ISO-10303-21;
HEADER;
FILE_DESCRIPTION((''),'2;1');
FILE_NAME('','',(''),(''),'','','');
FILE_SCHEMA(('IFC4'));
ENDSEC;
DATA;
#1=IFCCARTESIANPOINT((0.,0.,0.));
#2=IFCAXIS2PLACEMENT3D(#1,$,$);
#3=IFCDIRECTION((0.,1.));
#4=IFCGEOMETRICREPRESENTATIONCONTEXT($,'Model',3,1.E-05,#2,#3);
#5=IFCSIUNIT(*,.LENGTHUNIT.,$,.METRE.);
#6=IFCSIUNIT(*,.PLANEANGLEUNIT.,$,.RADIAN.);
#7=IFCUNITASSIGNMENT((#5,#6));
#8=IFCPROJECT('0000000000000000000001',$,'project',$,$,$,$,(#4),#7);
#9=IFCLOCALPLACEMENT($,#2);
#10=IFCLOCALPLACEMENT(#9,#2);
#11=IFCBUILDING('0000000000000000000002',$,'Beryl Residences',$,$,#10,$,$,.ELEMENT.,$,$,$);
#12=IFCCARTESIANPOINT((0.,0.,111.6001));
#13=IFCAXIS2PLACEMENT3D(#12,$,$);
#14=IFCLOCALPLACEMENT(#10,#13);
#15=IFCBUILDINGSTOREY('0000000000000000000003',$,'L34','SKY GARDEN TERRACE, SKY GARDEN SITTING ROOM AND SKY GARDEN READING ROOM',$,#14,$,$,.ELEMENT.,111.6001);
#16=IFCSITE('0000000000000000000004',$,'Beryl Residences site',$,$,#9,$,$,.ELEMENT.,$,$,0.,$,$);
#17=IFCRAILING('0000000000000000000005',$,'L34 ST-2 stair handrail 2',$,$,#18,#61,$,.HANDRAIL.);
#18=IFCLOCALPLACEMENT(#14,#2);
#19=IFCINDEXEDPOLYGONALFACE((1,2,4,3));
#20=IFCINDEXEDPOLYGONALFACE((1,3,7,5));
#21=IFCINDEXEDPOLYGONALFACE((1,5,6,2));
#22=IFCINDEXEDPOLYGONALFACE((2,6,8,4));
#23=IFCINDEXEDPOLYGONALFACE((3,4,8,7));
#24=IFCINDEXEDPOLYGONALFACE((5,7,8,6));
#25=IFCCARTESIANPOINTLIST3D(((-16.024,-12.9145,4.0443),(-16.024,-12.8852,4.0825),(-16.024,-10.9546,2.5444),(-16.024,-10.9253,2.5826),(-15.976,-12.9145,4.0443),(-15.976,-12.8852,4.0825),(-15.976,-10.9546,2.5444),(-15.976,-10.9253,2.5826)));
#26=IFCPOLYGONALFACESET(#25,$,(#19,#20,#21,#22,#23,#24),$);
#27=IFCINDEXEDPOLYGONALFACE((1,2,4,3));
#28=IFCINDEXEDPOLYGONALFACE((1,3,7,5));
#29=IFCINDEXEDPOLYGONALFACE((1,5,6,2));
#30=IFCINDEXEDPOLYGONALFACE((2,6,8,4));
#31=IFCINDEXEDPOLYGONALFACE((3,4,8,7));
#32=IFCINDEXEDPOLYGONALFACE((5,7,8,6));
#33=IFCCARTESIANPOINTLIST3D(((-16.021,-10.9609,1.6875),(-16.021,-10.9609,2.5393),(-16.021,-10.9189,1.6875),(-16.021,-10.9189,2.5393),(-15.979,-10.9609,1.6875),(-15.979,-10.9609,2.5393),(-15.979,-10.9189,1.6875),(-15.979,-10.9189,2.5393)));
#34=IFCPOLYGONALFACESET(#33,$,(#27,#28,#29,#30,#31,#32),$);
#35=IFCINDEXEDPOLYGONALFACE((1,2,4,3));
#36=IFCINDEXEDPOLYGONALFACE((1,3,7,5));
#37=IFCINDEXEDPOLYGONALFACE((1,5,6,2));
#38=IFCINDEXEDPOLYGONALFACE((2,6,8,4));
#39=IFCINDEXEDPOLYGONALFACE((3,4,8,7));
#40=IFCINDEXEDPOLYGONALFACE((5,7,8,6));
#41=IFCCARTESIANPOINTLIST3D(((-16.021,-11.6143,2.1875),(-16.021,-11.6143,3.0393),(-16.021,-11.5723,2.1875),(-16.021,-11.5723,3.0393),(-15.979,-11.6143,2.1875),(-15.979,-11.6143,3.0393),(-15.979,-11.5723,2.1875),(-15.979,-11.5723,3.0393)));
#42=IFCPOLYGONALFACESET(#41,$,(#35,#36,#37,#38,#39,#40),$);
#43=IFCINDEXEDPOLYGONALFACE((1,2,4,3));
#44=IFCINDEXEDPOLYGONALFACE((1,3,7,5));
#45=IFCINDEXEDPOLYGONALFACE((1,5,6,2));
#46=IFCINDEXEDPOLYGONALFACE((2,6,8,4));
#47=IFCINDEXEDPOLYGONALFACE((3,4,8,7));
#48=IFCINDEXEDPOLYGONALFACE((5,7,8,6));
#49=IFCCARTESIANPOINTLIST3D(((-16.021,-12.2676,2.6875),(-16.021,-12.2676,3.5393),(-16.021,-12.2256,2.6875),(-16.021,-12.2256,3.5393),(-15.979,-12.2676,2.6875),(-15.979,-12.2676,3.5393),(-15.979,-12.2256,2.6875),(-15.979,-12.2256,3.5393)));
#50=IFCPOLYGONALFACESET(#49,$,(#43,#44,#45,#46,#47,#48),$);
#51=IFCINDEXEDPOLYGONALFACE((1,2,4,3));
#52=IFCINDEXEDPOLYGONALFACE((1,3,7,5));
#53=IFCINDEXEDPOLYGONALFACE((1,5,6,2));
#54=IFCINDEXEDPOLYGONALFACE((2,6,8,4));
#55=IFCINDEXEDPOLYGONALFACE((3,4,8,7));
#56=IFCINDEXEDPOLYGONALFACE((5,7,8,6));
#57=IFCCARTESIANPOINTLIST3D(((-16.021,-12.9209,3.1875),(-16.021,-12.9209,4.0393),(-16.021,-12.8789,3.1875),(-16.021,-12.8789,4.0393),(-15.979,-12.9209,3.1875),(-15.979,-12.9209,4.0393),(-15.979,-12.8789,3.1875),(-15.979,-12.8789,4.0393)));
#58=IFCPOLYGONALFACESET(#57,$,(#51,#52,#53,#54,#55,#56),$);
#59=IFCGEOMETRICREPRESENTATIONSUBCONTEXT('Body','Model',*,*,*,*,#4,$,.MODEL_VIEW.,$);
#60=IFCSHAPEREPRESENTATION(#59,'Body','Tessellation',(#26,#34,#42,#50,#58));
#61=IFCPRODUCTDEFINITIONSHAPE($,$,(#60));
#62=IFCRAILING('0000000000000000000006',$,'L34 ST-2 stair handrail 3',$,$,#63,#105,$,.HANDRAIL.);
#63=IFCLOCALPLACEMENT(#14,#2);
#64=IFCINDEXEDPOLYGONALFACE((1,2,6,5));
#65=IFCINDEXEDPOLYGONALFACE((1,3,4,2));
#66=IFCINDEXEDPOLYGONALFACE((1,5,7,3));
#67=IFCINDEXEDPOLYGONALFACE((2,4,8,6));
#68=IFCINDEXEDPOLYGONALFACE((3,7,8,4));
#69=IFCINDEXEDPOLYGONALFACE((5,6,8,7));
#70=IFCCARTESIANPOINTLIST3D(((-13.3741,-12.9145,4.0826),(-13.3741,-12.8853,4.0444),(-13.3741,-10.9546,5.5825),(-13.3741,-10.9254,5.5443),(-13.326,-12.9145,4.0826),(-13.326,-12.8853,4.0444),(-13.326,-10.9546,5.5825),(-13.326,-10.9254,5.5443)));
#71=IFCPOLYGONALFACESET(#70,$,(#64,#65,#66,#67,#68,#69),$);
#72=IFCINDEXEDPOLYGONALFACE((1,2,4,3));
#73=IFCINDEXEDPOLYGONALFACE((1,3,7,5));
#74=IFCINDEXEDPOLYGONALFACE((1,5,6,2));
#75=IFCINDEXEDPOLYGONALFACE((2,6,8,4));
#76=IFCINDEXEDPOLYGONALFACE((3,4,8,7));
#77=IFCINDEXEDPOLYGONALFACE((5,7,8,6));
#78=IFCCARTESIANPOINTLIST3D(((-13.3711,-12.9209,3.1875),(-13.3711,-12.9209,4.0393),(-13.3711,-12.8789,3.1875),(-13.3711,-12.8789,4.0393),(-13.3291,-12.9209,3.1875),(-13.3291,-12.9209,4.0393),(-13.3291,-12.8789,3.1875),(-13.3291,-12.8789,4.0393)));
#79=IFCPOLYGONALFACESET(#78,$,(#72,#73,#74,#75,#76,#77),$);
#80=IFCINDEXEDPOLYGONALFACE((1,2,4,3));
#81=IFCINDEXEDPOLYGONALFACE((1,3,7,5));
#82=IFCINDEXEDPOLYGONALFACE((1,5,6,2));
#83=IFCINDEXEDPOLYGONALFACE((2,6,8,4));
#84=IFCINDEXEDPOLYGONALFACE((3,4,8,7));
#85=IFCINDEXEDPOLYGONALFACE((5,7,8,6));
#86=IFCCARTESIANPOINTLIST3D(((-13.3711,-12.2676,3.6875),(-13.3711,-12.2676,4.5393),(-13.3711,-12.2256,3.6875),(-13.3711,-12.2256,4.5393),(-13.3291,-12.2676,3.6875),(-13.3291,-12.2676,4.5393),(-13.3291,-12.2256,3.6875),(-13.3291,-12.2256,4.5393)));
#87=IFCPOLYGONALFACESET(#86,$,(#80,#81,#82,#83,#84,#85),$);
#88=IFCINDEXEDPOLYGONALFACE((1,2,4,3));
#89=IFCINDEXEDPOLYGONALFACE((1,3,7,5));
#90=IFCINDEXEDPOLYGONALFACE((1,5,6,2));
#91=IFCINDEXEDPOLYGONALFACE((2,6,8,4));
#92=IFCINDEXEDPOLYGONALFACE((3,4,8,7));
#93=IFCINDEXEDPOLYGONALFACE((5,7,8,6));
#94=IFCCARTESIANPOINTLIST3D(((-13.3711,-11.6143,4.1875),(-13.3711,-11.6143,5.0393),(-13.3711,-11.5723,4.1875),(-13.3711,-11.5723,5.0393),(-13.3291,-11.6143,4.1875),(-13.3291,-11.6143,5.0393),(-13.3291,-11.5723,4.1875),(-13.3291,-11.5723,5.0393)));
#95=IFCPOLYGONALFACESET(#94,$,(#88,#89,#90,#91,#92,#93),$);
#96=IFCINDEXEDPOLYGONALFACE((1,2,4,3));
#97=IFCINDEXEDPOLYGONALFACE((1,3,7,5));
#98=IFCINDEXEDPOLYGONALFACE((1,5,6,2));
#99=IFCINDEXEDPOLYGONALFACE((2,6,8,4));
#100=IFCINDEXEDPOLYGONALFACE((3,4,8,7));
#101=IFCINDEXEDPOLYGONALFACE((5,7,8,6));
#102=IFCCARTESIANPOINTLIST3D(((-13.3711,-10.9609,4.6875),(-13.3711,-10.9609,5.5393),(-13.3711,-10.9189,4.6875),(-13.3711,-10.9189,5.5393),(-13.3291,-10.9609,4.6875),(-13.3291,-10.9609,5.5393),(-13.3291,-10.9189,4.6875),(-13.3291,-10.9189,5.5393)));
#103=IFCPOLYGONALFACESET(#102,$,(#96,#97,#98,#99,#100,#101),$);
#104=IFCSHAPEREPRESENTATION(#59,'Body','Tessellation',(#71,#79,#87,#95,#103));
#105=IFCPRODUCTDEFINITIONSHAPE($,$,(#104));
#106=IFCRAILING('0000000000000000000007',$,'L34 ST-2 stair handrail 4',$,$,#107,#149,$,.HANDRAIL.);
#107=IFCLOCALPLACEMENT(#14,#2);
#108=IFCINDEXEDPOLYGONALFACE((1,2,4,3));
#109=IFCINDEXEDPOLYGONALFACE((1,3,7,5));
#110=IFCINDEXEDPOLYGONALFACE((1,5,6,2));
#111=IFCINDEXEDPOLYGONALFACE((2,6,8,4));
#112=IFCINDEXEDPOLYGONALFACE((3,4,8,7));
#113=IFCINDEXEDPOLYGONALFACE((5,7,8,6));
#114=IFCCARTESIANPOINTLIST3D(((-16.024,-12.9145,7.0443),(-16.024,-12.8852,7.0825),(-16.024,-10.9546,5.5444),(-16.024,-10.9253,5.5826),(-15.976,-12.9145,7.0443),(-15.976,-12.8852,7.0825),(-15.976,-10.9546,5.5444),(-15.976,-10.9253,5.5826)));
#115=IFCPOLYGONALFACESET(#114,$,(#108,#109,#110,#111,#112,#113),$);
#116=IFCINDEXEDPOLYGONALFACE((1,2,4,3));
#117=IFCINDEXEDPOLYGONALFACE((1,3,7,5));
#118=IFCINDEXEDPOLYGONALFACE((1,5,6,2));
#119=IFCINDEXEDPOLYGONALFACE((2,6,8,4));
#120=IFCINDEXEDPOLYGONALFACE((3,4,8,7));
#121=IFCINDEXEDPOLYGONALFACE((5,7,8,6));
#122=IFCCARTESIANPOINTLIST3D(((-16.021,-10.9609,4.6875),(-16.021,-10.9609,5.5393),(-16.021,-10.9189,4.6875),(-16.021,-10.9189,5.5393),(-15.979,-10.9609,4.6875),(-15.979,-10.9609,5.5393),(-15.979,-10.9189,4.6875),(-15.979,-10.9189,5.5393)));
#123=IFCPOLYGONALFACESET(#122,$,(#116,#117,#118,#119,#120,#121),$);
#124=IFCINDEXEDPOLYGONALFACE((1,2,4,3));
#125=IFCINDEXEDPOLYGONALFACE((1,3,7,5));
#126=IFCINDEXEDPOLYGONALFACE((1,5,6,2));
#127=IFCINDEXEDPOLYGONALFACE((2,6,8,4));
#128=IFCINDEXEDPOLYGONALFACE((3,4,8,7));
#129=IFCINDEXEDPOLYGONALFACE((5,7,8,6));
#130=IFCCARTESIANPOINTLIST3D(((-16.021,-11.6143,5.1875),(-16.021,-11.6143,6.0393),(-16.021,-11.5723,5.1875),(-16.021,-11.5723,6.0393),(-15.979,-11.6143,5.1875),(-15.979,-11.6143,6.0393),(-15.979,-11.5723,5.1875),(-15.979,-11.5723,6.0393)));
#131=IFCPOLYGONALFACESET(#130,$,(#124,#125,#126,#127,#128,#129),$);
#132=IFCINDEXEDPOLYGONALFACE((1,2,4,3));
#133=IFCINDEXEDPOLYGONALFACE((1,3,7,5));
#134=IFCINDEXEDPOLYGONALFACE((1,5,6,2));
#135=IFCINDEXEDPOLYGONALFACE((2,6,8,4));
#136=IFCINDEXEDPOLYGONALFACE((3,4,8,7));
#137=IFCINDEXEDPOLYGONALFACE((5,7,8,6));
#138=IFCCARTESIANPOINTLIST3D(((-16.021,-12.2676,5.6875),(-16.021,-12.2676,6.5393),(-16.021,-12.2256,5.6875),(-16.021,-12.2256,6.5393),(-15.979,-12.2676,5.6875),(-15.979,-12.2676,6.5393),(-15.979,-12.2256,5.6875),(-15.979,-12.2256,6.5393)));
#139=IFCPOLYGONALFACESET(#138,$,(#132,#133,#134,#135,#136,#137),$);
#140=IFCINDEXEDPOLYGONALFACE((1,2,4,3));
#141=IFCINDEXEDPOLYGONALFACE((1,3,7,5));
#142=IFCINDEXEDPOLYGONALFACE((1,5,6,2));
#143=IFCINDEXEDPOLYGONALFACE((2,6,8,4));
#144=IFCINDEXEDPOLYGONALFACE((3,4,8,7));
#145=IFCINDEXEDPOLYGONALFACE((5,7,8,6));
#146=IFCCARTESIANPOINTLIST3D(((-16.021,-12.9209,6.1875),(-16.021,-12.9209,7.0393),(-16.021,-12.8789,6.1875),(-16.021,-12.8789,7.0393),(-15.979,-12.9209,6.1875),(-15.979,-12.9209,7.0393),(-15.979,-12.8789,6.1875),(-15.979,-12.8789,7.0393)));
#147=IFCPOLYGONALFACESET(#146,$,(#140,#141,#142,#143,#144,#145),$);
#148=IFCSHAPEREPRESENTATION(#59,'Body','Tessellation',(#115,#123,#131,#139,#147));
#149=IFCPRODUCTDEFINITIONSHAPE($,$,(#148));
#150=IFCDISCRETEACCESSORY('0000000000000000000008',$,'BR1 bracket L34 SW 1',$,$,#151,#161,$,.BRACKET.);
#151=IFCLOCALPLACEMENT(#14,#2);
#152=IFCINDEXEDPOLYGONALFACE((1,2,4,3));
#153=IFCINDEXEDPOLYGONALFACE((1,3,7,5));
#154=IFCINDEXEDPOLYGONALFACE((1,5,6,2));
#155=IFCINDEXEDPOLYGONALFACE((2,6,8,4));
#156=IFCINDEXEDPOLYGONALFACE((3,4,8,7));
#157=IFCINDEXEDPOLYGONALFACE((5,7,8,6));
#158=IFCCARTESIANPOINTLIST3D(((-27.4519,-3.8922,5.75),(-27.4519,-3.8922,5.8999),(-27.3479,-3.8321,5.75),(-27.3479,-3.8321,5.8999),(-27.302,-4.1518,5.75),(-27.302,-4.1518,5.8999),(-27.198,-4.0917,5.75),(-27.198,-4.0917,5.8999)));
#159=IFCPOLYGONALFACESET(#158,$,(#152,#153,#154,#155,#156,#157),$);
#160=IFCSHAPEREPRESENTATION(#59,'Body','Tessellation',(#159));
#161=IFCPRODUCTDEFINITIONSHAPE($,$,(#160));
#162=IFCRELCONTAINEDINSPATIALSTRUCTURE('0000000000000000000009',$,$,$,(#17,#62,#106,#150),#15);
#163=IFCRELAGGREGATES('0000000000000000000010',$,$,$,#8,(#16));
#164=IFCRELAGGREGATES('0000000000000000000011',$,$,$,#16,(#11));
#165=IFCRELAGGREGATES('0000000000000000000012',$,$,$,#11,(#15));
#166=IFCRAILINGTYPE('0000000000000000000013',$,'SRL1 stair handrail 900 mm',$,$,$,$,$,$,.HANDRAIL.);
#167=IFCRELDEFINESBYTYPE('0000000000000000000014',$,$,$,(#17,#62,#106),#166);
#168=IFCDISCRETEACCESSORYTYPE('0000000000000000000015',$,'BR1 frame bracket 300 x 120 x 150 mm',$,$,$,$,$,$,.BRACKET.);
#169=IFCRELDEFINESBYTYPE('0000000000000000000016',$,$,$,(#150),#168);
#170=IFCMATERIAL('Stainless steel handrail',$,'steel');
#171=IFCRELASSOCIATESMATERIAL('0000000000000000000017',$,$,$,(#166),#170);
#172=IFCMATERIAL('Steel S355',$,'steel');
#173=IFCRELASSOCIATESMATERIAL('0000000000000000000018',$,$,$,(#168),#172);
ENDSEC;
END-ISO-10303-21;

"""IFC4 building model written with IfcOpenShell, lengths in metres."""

from ifc_helpers import new_model, si_unit, direction, frame, origin, origin_2d, place, context, subcontext, project, spatial, polyline, rectangle, outline, extrude, source, transform, mapped, material, type_object, type_shapes, element, save


model = new_model("IFC4")

# Units and contexts
model_context = context("Model", 3, precision=1e-05, world=origin(), true_north=direction((0.0, 1.0)))
body_context = subcontext(model_context, "Body", "Model", "MODEL_VIEW")
ifc_project = project(units=[si_unit("LENGTHUNIT", "METRE"), si_unit("PLANEANGLEUNIT", "RADIAN")], contexts=[model_context])

# Site, building, storey
site_placement = place(None, origin())
site = spatial("IfcSite", under=ifc_project, at=site_placement, Name="Beryl Residences site", CompositionType="ELEMENT", RefElevation=0.0)
building_placement = place(site_placement, origin())
building = spatial("IfcBuilding", under=site, at=building_placement, Name="Beryl Residences", CompositionType="ELEMENT")
storey_placement = place(building_placement, frame((0.0, 0.0, 111.6001)))
storey = spatial("IfcBuildingStorey", under=building, at=storey_placement, Name="L34", Description="SKY GARDEN TERRACE, SKY GARDEN SITTING ROOM AND SKY GARDEN READING ROOM", CompositionType="ELEMENT", Elevation=111.6001)

# Railings
ifc_material_1 = material(Name="Stainless steel handrail", Category="steel")
railing_type_1 = type_object("IfcRailingType", Name="SRL1 stair handrail 900 mm", PredefinedType="HANDRAIL", material=ifc_material_1)
railing_1_placement = place(storey_placement, frame((-16.0, -10.9399, 1.6875)))
element("IfcRailing", 1, at=railing_1_placement, inside=storey, type_object=railing_type_1, Name="L34 ST-2 stair handrail 2", PredefinedType="HANDRAIL", context=body_context, shape_type="SweptSolid", body=[
    extrude(rectangle(XDim=0.0481, YDim=0.0481, at=origin_2d()), frame((0.0, 0.0, 0.876), z_axis=(0.0, -0.794122, 0.607758), x_axis=(1.0, 0.0, 0.0)), (0.0, 0.0, 1.0), 2.468),
    extrude(rectangle(XDim=0.042, YDim=0.042, at=origin_2d()), origin(), (0.0, 0.0, 1.0), 0.8518),
    extrude(rectangle(XDim=0.042, YDim=0.042, at=origin_2d()), frame((0.0, -0.6533, 0.5)), (0.0, 0.0, 1.0), 0.8518),
    extrude(rectangle(XDim=0.042, YDim=0.042, at=origin_2d()), frame((0.0, -1.3066, 1.0)), (0.0, 0.0, 1.0), 0.8518),
    extrude(rectangle(XDim=0.042, YDim=0.042, at=origin_2d()), frame((0.0, -1.96, 1.5)), (0.0, 0.0, 1.0), 0.8518),
])
railing_2_placement = place(storey_placement, frame((-13.3501, -12.8999, 3.1875)))
element("IfcRailing", 2, at=railing_2_placement, inside=storey, type_object=railing_type_1, Name="L34 ST-2 stair handrail 3", PredefinedType="HANDRAIL", context=body_context, shape_type="SweptSolid", body=[
    extrude(rectangle(XDim=0.0481, YDim=0.0481, at=origin_2d()), frame((0.0, 0.0, 0.876), z_axis=(0.0, 0.794122, 0.607758), x_axis=(-1.0, 0.0, 0.0)), (0.0, 0.0, 1.0), 2.468),
    extrude(rectangle(XDim=0.042, YDim=0.042, at=origin_2d()), origin(), (0.0, 0.0, 1.0), 0.8518),
    extrude(rectangle(XDim=0.042, YDim=0.042, at=origin_2d()), frame((0.0, 0.6533, 0.5)), (0.0, 0.0, 1.0), 0.8518),
    extrude(rectangle(XDim=0.042, YDim=0.042, at=origin_2d()), frame((0.0, 1.3066, 1.0)), (0.0, 0.0, 1.0), 0.8518),
    extrude(rectangle(XDim=0.042, YDim=0.042, at=origin_2d()), frame((0.0, 1.96, 1.5)), (0.0, 0.0, 1.0), 0.8518),
])
railing_3_placement = place(storey_placement, frame((-16.0, -10.9399, 4.6875)))
element("IfcRailing", 3, at=railing_3_placement, inside=storey, type_object=railing_type_1, Name="L34 ST-2 stair handrail 4", PredefinedType="HANDRAIL", context=body_context, shape_type="SweptSolid", body=[
    extrude(rectangle(XDim=0.0481, YDim=0.0481, at=origin_2d()), frame((0.0, 0.0, 0.876), z_axis=(0.0, -0.794122, 0.607758), x_axis=(1.0, 0.0, 0.0)), (0.0, 0.0, 1.0), 2.468),
    extrude(rectangle(XDim=0.042, YDim=0.042, at=origin_2d()), origin(), (0.0, 0.0, 1.0), 0.8518),
    extrude(rectangle(XDim=0.042, YDim=0.042, at=origin_2d()), frame((0.0, -0.6533, 0.5)), (0.0, 0.0, 1.0), 0.8518),
    extrude(rectangle(XDim=0.042, YDim=0.042, at=origin_2d()), frame((0.0, -1.3066, 1.0)), (0.0, 0.0, 1.0), 0.8518),
    extrude(rectangle(XDim=0.042, YDim=0.042, at=origin_2d()), frame((0.0, -1.96, 1.5)), (0.0, 0.0, 1.0), 0.8518),
])

# Discrete accessory
ifc_material_2 = material(Name="Steel S355", Category="steel")
discrete_accessory_type = type_object("IfcDiscreteAccessoryType", Name="BR1 frame bracket 300 x 120 x 150 mm", PredefinedType="BRACKET", material=ifc_material_2)
shared_shape_1 = source(origin(), body_context, "Body", "SweptSolid", [
    extrude(outline(polyline([(-0.1499, 0.0), (0.1499, 0.0), (0.1499, 0.1201), (-0.1499, 0.1201), (-0.1499, 0.0)])), origin(), (0.0, 0.0, 1.0), 0.1499),
])
type_shapes(discrete_accessory_type, [shared_shape_1])
discrete_accessory_placement = place(storey_placement, frame((-27.2729, -3.9619, 5.75), z_axis=(0.0, 0.0, 1.0), x_axis=(-0.5, 0.866025, 0.0)))
element("IfcDiscreteAccessory", 4, at=discrete_accessory_placement, inside=storey, type_object=discrete_accessory_type, Name="BR1 bracket L34 SW 1", PredefinedType="BRACKET", context=body_context, shape_type="MappedRepresentation", body=[
    mapped(shared_shape_1, transform((0.0, 0.0, 0.0))),
])

save(model, "model.ifc")
